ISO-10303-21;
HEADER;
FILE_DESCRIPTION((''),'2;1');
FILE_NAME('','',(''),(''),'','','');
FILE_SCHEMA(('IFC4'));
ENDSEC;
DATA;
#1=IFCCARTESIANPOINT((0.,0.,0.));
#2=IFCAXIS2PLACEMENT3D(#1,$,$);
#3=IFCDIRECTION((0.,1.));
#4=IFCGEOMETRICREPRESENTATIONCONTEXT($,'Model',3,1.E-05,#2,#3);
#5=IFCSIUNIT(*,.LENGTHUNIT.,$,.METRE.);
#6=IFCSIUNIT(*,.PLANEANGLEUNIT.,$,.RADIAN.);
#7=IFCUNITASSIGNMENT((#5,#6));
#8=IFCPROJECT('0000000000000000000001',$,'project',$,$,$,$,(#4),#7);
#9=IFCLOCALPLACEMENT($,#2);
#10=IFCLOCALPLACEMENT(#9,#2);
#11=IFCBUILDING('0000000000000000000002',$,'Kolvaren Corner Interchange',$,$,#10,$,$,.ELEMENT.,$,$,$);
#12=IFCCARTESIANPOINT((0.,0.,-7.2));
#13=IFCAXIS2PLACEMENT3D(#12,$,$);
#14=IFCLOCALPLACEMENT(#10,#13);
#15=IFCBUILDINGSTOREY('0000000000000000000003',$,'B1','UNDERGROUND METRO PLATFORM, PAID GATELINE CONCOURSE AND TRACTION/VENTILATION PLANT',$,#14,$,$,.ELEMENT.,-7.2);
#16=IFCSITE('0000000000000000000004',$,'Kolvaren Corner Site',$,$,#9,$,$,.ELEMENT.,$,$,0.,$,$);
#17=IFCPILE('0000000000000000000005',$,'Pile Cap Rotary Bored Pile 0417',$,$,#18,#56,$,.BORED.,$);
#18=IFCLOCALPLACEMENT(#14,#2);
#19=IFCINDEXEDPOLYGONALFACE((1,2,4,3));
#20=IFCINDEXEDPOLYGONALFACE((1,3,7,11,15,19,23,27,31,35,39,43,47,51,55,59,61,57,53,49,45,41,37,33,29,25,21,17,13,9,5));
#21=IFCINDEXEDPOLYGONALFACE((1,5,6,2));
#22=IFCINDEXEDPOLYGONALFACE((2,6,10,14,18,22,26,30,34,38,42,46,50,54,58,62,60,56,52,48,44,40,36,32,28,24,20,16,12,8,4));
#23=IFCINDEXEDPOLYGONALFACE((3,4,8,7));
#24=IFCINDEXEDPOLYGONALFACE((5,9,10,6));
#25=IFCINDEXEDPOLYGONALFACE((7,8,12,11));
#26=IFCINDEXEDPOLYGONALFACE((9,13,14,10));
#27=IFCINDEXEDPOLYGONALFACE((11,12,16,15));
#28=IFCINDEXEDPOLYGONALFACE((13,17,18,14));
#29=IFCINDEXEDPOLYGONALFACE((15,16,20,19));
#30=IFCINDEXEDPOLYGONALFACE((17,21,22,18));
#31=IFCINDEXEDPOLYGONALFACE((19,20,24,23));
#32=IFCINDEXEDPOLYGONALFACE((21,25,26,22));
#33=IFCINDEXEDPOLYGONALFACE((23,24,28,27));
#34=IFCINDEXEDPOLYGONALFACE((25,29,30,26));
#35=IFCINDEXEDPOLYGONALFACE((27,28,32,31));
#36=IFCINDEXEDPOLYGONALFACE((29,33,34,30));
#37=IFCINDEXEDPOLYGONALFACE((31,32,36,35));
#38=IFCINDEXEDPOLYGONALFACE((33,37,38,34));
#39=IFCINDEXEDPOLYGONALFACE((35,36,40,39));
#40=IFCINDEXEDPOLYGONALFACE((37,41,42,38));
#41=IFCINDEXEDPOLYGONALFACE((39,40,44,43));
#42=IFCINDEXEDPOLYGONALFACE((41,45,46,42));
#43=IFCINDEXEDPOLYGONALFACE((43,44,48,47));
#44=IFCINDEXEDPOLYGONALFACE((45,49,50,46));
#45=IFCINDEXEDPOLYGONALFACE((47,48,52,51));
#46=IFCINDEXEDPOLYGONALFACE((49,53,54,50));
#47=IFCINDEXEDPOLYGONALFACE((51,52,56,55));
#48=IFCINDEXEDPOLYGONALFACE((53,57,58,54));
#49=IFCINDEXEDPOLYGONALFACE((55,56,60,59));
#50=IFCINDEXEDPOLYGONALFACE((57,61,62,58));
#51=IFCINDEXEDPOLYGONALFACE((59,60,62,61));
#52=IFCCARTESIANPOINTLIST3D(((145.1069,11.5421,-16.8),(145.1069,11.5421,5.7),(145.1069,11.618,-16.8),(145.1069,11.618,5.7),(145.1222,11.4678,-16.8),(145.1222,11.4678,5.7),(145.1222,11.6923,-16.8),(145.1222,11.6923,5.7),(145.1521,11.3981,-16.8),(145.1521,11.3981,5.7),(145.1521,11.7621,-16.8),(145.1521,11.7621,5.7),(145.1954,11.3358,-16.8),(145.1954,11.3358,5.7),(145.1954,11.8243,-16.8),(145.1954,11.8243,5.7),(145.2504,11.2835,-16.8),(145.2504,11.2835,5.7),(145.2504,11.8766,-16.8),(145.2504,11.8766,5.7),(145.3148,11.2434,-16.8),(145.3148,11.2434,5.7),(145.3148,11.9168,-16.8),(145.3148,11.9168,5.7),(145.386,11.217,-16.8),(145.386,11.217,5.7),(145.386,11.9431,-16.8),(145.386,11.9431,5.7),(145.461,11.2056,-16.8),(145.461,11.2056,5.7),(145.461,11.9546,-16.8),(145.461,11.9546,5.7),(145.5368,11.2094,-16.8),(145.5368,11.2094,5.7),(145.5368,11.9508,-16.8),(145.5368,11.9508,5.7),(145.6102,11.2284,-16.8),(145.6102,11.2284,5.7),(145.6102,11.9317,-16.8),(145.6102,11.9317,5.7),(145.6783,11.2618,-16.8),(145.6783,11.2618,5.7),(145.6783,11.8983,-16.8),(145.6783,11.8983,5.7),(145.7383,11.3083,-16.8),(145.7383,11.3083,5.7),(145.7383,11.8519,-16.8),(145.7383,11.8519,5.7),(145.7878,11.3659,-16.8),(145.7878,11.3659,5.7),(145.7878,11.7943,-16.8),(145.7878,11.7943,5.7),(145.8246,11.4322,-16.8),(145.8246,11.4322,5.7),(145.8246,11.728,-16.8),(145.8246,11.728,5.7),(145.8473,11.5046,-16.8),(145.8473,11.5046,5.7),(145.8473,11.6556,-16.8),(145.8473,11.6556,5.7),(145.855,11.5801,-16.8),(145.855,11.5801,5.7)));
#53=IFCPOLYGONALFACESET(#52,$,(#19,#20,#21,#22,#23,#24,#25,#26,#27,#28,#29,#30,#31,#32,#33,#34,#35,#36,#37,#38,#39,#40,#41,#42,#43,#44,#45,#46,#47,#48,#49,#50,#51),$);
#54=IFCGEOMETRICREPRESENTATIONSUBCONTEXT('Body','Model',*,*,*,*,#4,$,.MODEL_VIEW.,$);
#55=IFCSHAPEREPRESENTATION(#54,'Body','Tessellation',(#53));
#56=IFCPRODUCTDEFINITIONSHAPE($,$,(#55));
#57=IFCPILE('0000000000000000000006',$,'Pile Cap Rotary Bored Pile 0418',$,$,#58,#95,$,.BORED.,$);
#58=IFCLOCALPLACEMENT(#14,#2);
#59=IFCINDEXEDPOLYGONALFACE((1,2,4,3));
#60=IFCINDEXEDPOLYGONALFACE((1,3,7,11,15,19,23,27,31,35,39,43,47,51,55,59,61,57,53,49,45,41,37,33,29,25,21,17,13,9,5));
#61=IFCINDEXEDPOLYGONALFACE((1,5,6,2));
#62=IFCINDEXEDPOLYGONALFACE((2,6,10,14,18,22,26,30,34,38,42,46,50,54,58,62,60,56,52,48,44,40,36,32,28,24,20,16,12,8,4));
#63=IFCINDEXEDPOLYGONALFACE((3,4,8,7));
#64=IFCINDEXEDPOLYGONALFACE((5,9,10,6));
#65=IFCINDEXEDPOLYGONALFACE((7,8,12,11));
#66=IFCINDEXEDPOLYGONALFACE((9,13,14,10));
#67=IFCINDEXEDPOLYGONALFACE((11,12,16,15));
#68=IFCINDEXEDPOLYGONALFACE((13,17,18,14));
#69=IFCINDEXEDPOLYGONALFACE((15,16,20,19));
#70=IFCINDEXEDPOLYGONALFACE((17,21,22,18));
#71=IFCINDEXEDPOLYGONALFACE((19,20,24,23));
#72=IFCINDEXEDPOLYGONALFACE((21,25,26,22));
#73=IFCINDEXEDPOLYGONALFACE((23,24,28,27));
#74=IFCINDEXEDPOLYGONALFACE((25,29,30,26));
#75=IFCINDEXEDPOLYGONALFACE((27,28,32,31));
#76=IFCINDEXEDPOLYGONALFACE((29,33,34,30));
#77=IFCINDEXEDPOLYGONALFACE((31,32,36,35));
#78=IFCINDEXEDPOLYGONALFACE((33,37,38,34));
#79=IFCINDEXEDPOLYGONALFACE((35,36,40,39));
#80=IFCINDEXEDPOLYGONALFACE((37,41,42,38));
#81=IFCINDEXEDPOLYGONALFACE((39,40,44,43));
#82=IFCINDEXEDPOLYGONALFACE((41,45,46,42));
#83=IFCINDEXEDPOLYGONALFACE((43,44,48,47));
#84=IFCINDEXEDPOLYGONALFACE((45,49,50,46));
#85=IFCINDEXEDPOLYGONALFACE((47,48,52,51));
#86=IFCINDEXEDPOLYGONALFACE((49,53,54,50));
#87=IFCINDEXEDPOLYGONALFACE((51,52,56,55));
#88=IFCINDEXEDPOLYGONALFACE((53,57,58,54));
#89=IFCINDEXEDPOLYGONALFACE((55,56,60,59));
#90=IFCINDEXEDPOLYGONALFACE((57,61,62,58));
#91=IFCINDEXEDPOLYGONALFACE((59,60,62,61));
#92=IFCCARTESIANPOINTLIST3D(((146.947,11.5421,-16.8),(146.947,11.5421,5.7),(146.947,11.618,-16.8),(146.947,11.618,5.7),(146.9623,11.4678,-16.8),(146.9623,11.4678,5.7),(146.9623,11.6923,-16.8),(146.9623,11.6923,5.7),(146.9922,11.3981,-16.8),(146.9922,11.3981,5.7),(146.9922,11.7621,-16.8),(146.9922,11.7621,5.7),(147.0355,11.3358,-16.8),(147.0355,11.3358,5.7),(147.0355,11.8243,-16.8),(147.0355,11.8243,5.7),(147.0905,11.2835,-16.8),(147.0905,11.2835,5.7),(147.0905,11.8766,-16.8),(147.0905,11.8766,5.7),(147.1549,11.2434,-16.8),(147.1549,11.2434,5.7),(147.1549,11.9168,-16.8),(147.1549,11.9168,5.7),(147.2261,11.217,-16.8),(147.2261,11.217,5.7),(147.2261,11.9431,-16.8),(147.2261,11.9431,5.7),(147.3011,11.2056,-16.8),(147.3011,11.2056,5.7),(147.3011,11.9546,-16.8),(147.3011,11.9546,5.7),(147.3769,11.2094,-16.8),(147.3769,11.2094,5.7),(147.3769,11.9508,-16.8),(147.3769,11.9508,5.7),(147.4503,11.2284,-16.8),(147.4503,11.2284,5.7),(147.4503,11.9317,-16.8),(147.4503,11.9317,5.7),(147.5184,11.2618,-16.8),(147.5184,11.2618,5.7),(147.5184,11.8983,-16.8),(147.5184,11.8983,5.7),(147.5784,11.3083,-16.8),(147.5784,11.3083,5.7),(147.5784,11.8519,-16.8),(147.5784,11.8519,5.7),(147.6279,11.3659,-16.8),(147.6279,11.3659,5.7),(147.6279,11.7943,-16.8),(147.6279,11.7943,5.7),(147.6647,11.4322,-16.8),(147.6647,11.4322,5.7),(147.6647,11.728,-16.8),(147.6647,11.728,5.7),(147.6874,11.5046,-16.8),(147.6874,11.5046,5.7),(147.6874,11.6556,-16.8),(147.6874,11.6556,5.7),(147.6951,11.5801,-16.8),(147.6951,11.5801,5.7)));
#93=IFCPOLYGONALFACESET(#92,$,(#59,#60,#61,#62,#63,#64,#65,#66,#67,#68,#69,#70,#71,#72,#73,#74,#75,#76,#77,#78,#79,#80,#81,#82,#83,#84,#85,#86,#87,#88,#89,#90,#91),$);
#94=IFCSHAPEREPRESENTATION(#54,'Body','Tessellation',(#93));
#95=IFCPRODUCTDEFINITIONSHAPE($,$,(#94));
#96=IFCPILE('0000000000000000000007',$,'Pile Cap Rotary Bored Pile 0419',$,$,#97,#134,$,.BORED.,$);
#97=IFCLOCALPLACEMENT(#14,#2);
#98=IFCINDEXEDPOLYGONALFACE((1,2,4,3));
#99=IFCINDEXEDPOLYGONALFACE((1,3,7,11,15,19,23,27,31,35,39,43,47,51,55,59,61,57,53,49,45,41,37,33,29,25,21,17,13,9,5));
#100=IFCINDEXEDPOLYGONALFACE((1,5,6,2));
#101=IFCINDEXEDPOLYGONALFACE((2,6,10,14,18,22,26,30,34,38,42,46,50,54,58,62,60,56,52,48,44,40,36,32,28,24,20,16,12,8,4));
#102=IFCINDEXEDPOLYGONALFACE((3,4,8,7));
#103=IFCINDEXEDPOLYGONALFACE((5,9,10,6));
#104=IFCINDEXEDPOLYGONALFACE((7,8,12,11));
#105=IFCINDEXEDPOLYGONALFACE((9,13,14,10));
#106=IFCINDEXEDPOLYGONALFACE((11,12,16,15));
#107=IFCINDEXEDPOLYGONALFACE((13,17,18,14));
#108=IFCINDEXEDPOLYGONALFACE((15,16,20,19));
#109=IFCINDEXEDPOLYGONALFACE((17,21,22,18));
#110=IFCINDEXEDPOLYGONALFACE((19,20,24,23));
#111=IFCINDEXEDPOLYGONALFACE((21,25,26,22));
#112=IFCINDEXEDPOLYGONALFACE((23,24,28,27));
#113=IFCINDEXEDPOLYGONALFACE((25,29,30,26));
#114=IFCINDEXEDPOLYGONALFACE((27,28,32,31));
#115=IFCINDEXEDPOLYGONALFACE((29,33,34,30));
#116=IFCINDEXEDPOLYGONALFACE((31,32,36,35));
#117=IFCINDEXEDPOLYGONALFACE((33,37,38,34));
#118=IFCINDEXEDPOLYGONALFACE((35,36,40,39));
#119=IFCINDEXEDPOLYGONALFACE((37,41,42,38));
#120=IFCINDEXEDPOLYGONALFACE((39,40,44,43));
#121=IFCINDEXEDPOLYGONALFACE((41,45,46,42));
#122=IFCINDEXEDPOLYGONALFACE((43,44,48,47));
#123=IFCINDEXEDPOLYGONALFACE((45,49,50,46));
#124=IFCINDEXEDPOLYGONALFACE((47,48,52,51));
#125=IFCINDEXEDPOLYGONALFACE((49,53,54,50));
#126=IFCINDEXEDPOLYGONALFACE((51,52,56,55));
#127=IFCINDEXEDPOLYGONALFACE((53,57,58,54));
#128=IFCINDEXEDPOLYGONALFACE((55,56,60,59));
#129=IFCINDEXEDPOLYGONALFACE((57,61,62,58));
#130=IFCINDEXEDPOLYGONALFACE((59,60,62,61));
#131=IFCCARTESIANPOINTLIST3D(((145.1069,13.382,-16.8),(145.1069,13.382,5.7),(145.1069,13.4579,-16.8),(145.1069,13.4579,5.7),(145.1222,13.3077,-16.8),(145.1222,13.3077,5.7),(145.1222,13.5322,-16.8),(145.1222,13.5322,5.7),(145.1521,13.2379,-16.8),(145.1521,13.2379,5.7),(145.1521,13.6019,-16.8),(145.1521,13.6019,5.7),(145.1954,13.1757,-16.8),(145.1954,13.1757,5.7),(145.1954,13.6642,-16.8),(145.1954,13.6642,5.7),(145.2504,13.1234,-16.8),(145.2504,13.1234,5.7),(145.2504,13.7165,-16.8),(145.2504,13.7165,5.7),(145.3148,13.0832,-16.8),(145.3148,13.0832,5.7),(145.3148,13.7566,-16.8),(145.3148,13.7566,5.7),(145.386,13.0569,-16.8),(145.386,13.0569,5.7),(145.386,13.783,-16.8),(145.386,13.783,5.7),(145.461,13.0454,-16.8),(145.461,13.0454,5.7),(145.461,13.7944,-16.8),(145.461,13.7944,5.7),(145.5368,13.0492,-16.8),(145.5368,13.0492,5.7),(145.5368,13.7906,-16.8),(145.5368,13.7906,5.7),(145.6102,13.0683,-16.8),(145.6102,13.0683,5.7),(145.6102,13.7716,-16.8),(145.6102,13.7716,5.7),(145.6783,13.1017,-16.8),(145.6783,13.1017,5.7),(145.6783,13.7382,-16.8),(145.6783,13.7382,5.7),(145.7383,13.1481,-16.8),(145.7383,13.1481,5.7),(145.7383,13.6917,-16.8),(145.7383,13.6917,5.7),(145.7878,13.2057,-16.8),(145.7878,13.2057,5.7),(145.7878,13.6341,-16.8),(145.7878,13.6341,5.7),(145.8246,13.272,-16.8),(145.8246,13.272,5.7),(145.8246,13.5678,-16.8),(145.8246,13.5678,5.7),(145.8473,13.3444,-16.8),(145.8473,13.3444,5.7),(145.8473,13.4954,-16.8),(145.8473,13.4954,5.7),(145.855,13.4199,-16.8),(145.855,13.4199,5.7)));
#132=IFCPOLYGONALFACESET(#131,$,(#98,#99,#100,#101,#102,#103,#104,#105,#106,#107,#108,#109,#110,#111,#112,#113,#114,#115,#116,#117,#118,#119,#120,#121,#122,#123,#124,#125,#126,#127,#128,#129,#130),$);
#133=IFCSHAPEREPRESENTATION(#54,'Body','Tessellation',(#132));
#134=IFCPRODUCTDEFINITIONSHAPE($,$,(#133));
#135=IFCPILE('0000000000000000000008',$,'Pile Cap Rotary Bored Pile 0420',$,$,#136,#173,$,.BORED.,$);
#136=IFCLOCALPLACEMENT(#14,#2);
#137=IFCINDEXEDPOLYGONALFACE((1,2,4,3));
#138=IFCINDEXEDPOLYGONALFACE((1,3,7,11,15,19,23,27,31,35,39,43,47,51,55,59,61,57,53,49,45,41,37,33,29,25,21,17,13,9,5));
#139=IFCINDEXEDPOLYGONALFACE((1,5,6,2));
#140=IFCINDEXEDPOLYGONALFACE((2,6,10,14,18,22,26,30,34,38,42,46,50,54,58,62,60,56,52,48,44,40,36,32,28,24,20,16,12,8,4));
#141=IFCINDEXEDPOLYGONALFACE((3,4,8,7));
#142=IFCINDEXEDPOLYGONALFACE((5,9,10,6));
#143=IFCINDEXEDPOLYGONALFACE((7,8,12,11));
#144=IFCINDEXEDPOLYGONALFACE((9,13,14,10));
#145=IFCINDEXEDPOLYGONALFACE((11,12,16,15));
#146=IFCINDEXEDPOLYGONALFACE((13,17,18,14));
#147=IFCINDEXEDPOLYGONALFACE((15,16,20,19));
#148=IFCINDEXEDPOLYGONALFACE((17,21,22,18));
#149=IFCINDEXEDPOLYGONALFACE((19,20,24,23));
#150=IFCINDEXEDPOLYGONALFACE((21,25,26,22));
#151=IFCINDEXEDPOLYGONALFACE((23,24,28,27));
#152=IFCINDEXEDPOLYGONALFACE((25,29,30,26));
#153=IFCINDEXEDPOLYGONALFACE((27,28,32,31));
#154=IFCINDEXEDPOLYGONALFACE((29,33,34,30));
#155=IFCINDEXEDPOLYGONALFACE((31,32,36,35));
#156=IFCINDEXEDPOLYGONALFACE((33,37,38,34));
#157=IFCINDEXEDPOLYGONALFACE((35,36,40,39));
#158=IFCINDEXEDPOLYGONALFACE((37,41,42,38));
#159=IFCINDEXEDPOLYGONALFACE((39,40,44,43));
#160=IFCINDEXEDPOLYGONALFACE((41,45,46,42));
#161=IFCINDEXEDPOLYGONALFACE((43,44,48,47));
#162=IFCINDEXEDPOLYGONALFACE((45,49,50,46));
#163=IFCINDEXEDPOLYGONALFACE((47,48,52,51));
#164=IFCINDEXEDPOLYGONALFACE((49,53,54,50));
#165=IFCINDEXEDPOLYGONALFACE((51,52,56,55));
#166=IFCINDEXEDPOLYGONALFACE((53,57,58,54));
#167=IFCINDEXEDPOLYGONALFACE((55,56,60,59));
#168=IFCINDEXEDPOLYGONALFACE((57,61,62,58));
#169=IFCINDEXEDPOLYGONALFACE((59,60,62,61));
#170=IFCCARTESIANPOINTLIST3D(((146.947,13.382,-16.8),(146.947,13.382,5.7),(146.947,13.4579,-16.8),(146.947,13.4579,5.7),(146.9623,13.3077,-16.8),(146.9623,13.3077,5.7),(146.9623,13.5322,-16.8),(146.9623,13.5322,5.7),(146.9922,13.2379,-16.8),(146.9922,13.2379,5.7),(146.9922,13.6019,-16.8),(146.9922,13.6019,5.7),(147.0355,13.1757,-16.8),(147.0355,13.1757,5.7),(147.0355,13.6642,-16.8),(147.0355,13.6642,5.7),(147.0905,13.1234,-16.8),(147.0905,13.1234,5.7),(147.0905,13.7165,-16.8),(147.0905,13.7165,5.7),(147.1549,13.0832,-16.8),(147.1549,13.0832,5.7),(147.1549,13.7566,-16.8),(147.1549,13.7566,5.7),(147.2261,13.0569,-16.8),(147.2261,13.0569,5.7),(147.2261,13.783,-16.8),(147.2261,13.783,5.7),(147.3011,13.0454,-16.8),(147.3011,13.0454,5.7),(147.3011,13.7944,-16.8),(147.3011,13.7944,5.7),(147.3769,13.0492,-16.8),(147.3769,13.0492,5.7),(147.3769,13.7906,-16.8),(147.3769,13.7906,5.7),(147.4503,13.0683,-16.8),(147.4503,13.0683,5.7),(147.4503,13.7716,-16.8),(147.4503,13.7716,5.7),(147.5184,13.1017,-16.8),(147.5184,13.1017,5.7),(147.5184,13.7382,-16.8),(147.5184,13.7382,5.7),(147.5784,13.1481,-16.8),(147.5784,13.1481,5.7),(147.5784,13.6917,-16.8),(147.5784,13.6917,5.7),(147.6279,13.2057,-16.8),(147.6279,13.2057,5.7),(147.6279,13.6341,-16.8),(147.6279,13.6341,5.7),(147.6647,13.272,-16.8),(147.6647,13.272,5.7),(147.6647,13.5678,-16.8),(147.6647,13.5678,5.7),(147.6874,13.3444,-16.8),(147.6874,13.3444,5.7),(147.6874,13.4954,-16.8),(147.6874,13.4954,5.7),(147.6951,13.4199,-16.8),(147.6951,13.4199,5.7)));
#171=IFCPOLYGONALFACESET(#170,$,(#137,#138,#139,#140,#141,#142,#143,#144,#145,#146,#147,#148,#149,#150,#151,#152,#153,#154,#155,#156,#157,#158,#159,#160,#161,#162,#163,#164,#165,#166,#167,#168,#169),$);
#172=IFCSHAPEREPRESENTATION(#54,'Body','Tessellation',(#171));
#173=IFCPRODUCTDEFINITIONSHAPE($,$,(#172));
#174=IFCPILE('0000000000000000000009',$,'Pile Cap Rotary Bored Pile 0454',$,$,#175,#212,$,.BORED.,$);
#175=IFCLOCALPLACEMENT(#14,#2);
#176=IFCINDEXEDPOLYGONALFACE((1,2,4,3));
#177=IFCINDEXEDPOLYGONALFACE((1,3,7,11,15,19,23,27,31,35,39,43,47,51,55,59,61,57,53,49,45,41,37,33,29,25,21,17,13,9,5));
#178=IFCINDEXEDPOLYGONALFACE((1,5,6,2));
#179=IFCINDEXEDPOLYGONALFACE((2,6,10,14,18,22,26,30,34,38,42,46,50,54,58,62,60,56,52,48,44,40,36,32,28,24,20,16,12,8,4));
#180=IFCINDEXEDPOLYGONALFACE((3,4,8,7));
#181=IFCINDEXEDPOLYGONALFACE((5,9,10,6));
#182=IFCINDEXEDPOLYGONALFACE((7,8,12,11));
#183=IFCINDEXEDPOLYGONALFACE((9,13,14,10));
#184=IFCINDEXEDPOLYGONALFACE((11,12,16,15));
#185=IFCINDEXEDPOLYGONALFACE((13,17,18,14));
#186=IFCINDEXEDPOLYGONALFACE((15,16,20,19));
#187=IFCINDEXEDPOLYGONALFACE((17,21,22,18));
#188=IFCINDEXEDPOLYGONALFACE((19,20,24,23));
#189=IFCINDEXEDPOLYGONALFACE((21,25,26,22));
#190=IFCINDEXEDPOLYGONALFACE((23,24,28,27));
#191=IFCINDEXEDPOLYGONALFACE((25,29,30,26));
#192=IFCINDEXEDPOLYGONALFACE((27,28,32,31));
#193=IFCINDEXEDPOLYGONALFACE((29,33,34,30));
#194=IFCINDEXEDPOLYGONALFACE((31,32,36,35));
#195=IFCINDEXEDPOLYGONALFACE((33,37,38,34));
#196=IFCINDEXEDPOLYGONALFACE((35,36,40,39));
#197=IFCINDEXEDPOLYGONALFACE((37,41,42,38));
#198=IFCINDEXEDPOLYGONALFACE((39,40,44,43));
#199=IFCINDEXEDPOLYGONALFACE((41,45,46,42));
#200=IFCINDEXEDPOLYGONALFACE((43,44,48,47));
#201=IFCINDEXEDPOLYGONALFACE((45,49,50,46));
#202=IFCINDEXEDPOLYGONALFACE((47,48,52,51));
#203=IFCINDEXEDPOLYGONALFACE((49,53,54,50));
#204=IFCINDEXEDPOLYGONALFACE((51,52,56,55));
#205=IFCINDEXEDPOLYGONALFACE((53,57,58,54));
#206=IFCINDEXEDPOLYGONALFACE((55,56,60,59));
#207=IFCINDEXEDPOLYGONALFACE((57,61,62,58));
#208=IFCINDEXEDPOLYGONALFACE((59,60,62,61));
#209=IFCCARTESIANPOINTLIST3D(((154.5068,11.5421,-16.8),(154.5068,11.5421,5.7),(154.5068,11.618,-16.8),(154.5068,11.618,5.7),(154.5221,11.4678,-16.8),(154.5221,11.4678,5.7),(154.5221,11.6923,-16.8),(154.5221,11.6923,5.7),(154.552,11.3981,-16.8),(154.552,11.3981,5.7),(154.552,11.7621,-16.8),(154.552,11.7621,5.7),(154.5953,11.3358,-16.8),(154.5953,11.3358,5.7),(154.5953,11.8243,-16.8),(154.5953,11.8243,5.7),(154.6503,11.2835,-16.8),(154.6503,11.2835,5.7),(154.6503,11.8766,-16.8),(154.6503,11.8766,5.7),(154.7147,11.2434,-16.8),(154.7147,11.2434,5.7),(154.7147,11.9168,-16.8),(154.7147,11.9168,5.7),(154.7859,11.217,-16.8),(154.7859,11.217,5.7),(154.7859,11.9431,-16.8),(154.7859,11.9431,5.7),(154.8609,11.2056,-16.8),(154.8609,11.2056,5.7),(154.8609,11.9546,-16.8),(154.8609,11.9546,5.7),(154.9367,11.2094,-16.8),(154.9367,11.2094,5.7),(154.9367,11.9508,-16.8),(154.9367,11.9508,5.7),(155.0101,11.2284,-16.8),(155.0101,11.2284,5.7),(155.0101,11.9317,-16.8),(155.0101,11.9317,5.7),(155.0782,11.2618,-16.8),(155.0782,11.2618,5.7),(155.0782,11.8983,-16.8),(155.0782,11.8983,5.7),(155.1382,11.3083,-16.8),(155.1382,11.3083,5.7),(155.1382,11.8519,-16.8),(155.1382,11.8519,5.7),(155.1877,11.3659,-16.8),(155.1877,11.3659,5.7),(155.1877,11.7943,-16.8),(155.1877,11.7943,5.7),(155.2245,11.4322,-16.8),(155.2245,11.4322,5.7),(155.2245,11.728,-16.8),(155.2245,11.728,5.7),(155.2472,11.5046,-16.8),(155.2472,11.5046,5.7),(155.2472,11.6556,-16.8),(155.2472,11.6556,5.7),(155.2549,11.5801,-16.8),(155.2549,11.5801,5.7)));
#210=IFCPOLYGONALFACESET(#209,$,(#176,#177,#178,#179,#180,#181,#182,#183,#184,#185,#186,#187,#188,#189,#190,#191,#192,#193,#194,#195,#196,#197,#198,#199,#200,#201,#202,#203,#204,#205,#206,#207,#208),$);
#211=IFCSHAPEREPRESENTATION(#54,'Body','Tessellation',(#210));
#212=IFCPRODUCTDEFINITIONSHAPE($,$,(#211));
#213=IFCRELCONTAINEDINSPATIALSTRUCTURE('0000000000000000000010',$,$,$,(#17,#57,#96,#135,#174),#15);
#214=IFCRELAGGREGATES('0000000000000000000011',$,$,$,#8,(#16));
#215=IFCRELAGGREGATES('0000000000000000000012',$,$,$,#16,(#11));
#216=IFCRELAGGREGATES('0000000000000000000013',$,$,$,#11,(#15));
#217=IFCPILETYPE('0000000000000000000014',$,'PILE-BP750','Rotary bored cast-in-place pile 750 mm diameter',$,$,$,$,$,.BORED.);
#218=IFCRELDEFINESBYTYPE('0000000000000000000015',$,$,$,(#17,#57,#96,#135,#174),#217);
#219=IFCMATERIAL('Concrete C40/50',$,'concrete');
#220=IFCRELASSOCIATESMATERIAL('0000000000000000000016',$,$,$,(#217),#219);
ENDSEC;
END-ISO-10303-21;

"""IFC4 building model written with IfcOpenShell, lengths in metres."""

from ifc_helpers import new_model, si_unit, direction, frame, origin, origin_2d, place, context, subcontext, project, spatial, circle, extrude, material, material_profile, profile_set, type_object, element, save


model = new_model("IFC4")

# Units and contexts
model_context = context("Model", 3, precision=1e-05, world=origin(), true_north=direction((0.0, 1.0)))
body_context = subcontext(model_context, "Body", "Model", "MODEL_VIEW")
ifc_project = project(units=[si_unit("LENGTHUNIT", "METRE"), si_unit("PLANEANGLEUNIT", "RADIAN")], contexts=[model_context])

# Site, building, storey
site_placement = place(None, origin())
site = spatial("IfcSite", under=ifc_project, at=site_placement, Name="Kolvaren Corner Site", CompositionType="ELEMENT", RefElevation=0.0)
building_placement = place(site_placement, origin())
building = spatial("IfcBuilding", under=site, at=building_placement, Name="Kolvaren Corner Interchange", CompositionType="ELEMENT")
storey_placement = place(building_placement, frame((0.0, 0.0, -7.2)))
storey = spatial("IfcBuildingStorey", under=building, at=storey_placement, Name="B1", Description="UNDERGROUND METRO PLATFORM, PAID GATELINE CONCOURSE AND TRACTION/VENTILATION PLANT", CompositionType="ELEMENT", Elevation=-7.2)

# Piles
ifc_material_1 = material(Name="Concrete C40/50", Category="concrete")
ifc_material_profile_1 = material_profile(ifc_material_1, circle(Radius=0.375, at=origin_2d()), Name="BORED PILE 750")
ifc_profile_set_1 = profile_set([ifc_material_profile_1], Name="Concrete C40/50")
pile_type_1 = type_object("IfcPileType", Name="PILE-BP750", Description="Rotary bored cast-in-place pile 750 mm diameter", PredefinedType="BORED", material=ifc_profile_set_1)
for number, where, z_axis, x_axis, name in (
    (1, (145.48, 11.5801, 5.7), (0.0, 0.0, -1.0), (1.0, 0.0, 0.0), "Pile Cap Rotary Bored Pile 0417"),
    (2, (147.3201, 11.5801, 5.7), (0.0, 0.0, -1.0), (1.0, 0.0, 0.0), "Pile Cap Rotary Bored Pile 0418"),
    (3, (145.48, 13.4199, 5.7), (0.0, 0.0, -1.0), (1.0, 0.0, 0.0), "Pile Cap Rotary Bored Pile 0419"),
    (4, (147.3201, 13.4199, 5.7), (0.0, 0.0, -1.0), (1.0, 0.0, 0.0), "Pile Cap Rotary Bored Pile 0420"),
    (5, (154.8799, 11.5801, 5.7), (0.0, 0.0, -1.0), (1.0, 0.0, 0.0), "Pile Cap Rotary Bored Pile 0454"),
):
    element("IfcPile", number, at=place(storey_placement, frame(where, z_axis=z_axis, x_axis=x_axis)), inside=storey, type_object=pile_type_1, Name=name, PredefinedType="BORED", context=body_context, shape_type="SweptSolid", body=[
        extrude(circle(Radius=0.375, at=origin_2d()), origin(), (0.0, 0.0, 1.0), 22.5),
    ])

save(model, "model.ifc")
